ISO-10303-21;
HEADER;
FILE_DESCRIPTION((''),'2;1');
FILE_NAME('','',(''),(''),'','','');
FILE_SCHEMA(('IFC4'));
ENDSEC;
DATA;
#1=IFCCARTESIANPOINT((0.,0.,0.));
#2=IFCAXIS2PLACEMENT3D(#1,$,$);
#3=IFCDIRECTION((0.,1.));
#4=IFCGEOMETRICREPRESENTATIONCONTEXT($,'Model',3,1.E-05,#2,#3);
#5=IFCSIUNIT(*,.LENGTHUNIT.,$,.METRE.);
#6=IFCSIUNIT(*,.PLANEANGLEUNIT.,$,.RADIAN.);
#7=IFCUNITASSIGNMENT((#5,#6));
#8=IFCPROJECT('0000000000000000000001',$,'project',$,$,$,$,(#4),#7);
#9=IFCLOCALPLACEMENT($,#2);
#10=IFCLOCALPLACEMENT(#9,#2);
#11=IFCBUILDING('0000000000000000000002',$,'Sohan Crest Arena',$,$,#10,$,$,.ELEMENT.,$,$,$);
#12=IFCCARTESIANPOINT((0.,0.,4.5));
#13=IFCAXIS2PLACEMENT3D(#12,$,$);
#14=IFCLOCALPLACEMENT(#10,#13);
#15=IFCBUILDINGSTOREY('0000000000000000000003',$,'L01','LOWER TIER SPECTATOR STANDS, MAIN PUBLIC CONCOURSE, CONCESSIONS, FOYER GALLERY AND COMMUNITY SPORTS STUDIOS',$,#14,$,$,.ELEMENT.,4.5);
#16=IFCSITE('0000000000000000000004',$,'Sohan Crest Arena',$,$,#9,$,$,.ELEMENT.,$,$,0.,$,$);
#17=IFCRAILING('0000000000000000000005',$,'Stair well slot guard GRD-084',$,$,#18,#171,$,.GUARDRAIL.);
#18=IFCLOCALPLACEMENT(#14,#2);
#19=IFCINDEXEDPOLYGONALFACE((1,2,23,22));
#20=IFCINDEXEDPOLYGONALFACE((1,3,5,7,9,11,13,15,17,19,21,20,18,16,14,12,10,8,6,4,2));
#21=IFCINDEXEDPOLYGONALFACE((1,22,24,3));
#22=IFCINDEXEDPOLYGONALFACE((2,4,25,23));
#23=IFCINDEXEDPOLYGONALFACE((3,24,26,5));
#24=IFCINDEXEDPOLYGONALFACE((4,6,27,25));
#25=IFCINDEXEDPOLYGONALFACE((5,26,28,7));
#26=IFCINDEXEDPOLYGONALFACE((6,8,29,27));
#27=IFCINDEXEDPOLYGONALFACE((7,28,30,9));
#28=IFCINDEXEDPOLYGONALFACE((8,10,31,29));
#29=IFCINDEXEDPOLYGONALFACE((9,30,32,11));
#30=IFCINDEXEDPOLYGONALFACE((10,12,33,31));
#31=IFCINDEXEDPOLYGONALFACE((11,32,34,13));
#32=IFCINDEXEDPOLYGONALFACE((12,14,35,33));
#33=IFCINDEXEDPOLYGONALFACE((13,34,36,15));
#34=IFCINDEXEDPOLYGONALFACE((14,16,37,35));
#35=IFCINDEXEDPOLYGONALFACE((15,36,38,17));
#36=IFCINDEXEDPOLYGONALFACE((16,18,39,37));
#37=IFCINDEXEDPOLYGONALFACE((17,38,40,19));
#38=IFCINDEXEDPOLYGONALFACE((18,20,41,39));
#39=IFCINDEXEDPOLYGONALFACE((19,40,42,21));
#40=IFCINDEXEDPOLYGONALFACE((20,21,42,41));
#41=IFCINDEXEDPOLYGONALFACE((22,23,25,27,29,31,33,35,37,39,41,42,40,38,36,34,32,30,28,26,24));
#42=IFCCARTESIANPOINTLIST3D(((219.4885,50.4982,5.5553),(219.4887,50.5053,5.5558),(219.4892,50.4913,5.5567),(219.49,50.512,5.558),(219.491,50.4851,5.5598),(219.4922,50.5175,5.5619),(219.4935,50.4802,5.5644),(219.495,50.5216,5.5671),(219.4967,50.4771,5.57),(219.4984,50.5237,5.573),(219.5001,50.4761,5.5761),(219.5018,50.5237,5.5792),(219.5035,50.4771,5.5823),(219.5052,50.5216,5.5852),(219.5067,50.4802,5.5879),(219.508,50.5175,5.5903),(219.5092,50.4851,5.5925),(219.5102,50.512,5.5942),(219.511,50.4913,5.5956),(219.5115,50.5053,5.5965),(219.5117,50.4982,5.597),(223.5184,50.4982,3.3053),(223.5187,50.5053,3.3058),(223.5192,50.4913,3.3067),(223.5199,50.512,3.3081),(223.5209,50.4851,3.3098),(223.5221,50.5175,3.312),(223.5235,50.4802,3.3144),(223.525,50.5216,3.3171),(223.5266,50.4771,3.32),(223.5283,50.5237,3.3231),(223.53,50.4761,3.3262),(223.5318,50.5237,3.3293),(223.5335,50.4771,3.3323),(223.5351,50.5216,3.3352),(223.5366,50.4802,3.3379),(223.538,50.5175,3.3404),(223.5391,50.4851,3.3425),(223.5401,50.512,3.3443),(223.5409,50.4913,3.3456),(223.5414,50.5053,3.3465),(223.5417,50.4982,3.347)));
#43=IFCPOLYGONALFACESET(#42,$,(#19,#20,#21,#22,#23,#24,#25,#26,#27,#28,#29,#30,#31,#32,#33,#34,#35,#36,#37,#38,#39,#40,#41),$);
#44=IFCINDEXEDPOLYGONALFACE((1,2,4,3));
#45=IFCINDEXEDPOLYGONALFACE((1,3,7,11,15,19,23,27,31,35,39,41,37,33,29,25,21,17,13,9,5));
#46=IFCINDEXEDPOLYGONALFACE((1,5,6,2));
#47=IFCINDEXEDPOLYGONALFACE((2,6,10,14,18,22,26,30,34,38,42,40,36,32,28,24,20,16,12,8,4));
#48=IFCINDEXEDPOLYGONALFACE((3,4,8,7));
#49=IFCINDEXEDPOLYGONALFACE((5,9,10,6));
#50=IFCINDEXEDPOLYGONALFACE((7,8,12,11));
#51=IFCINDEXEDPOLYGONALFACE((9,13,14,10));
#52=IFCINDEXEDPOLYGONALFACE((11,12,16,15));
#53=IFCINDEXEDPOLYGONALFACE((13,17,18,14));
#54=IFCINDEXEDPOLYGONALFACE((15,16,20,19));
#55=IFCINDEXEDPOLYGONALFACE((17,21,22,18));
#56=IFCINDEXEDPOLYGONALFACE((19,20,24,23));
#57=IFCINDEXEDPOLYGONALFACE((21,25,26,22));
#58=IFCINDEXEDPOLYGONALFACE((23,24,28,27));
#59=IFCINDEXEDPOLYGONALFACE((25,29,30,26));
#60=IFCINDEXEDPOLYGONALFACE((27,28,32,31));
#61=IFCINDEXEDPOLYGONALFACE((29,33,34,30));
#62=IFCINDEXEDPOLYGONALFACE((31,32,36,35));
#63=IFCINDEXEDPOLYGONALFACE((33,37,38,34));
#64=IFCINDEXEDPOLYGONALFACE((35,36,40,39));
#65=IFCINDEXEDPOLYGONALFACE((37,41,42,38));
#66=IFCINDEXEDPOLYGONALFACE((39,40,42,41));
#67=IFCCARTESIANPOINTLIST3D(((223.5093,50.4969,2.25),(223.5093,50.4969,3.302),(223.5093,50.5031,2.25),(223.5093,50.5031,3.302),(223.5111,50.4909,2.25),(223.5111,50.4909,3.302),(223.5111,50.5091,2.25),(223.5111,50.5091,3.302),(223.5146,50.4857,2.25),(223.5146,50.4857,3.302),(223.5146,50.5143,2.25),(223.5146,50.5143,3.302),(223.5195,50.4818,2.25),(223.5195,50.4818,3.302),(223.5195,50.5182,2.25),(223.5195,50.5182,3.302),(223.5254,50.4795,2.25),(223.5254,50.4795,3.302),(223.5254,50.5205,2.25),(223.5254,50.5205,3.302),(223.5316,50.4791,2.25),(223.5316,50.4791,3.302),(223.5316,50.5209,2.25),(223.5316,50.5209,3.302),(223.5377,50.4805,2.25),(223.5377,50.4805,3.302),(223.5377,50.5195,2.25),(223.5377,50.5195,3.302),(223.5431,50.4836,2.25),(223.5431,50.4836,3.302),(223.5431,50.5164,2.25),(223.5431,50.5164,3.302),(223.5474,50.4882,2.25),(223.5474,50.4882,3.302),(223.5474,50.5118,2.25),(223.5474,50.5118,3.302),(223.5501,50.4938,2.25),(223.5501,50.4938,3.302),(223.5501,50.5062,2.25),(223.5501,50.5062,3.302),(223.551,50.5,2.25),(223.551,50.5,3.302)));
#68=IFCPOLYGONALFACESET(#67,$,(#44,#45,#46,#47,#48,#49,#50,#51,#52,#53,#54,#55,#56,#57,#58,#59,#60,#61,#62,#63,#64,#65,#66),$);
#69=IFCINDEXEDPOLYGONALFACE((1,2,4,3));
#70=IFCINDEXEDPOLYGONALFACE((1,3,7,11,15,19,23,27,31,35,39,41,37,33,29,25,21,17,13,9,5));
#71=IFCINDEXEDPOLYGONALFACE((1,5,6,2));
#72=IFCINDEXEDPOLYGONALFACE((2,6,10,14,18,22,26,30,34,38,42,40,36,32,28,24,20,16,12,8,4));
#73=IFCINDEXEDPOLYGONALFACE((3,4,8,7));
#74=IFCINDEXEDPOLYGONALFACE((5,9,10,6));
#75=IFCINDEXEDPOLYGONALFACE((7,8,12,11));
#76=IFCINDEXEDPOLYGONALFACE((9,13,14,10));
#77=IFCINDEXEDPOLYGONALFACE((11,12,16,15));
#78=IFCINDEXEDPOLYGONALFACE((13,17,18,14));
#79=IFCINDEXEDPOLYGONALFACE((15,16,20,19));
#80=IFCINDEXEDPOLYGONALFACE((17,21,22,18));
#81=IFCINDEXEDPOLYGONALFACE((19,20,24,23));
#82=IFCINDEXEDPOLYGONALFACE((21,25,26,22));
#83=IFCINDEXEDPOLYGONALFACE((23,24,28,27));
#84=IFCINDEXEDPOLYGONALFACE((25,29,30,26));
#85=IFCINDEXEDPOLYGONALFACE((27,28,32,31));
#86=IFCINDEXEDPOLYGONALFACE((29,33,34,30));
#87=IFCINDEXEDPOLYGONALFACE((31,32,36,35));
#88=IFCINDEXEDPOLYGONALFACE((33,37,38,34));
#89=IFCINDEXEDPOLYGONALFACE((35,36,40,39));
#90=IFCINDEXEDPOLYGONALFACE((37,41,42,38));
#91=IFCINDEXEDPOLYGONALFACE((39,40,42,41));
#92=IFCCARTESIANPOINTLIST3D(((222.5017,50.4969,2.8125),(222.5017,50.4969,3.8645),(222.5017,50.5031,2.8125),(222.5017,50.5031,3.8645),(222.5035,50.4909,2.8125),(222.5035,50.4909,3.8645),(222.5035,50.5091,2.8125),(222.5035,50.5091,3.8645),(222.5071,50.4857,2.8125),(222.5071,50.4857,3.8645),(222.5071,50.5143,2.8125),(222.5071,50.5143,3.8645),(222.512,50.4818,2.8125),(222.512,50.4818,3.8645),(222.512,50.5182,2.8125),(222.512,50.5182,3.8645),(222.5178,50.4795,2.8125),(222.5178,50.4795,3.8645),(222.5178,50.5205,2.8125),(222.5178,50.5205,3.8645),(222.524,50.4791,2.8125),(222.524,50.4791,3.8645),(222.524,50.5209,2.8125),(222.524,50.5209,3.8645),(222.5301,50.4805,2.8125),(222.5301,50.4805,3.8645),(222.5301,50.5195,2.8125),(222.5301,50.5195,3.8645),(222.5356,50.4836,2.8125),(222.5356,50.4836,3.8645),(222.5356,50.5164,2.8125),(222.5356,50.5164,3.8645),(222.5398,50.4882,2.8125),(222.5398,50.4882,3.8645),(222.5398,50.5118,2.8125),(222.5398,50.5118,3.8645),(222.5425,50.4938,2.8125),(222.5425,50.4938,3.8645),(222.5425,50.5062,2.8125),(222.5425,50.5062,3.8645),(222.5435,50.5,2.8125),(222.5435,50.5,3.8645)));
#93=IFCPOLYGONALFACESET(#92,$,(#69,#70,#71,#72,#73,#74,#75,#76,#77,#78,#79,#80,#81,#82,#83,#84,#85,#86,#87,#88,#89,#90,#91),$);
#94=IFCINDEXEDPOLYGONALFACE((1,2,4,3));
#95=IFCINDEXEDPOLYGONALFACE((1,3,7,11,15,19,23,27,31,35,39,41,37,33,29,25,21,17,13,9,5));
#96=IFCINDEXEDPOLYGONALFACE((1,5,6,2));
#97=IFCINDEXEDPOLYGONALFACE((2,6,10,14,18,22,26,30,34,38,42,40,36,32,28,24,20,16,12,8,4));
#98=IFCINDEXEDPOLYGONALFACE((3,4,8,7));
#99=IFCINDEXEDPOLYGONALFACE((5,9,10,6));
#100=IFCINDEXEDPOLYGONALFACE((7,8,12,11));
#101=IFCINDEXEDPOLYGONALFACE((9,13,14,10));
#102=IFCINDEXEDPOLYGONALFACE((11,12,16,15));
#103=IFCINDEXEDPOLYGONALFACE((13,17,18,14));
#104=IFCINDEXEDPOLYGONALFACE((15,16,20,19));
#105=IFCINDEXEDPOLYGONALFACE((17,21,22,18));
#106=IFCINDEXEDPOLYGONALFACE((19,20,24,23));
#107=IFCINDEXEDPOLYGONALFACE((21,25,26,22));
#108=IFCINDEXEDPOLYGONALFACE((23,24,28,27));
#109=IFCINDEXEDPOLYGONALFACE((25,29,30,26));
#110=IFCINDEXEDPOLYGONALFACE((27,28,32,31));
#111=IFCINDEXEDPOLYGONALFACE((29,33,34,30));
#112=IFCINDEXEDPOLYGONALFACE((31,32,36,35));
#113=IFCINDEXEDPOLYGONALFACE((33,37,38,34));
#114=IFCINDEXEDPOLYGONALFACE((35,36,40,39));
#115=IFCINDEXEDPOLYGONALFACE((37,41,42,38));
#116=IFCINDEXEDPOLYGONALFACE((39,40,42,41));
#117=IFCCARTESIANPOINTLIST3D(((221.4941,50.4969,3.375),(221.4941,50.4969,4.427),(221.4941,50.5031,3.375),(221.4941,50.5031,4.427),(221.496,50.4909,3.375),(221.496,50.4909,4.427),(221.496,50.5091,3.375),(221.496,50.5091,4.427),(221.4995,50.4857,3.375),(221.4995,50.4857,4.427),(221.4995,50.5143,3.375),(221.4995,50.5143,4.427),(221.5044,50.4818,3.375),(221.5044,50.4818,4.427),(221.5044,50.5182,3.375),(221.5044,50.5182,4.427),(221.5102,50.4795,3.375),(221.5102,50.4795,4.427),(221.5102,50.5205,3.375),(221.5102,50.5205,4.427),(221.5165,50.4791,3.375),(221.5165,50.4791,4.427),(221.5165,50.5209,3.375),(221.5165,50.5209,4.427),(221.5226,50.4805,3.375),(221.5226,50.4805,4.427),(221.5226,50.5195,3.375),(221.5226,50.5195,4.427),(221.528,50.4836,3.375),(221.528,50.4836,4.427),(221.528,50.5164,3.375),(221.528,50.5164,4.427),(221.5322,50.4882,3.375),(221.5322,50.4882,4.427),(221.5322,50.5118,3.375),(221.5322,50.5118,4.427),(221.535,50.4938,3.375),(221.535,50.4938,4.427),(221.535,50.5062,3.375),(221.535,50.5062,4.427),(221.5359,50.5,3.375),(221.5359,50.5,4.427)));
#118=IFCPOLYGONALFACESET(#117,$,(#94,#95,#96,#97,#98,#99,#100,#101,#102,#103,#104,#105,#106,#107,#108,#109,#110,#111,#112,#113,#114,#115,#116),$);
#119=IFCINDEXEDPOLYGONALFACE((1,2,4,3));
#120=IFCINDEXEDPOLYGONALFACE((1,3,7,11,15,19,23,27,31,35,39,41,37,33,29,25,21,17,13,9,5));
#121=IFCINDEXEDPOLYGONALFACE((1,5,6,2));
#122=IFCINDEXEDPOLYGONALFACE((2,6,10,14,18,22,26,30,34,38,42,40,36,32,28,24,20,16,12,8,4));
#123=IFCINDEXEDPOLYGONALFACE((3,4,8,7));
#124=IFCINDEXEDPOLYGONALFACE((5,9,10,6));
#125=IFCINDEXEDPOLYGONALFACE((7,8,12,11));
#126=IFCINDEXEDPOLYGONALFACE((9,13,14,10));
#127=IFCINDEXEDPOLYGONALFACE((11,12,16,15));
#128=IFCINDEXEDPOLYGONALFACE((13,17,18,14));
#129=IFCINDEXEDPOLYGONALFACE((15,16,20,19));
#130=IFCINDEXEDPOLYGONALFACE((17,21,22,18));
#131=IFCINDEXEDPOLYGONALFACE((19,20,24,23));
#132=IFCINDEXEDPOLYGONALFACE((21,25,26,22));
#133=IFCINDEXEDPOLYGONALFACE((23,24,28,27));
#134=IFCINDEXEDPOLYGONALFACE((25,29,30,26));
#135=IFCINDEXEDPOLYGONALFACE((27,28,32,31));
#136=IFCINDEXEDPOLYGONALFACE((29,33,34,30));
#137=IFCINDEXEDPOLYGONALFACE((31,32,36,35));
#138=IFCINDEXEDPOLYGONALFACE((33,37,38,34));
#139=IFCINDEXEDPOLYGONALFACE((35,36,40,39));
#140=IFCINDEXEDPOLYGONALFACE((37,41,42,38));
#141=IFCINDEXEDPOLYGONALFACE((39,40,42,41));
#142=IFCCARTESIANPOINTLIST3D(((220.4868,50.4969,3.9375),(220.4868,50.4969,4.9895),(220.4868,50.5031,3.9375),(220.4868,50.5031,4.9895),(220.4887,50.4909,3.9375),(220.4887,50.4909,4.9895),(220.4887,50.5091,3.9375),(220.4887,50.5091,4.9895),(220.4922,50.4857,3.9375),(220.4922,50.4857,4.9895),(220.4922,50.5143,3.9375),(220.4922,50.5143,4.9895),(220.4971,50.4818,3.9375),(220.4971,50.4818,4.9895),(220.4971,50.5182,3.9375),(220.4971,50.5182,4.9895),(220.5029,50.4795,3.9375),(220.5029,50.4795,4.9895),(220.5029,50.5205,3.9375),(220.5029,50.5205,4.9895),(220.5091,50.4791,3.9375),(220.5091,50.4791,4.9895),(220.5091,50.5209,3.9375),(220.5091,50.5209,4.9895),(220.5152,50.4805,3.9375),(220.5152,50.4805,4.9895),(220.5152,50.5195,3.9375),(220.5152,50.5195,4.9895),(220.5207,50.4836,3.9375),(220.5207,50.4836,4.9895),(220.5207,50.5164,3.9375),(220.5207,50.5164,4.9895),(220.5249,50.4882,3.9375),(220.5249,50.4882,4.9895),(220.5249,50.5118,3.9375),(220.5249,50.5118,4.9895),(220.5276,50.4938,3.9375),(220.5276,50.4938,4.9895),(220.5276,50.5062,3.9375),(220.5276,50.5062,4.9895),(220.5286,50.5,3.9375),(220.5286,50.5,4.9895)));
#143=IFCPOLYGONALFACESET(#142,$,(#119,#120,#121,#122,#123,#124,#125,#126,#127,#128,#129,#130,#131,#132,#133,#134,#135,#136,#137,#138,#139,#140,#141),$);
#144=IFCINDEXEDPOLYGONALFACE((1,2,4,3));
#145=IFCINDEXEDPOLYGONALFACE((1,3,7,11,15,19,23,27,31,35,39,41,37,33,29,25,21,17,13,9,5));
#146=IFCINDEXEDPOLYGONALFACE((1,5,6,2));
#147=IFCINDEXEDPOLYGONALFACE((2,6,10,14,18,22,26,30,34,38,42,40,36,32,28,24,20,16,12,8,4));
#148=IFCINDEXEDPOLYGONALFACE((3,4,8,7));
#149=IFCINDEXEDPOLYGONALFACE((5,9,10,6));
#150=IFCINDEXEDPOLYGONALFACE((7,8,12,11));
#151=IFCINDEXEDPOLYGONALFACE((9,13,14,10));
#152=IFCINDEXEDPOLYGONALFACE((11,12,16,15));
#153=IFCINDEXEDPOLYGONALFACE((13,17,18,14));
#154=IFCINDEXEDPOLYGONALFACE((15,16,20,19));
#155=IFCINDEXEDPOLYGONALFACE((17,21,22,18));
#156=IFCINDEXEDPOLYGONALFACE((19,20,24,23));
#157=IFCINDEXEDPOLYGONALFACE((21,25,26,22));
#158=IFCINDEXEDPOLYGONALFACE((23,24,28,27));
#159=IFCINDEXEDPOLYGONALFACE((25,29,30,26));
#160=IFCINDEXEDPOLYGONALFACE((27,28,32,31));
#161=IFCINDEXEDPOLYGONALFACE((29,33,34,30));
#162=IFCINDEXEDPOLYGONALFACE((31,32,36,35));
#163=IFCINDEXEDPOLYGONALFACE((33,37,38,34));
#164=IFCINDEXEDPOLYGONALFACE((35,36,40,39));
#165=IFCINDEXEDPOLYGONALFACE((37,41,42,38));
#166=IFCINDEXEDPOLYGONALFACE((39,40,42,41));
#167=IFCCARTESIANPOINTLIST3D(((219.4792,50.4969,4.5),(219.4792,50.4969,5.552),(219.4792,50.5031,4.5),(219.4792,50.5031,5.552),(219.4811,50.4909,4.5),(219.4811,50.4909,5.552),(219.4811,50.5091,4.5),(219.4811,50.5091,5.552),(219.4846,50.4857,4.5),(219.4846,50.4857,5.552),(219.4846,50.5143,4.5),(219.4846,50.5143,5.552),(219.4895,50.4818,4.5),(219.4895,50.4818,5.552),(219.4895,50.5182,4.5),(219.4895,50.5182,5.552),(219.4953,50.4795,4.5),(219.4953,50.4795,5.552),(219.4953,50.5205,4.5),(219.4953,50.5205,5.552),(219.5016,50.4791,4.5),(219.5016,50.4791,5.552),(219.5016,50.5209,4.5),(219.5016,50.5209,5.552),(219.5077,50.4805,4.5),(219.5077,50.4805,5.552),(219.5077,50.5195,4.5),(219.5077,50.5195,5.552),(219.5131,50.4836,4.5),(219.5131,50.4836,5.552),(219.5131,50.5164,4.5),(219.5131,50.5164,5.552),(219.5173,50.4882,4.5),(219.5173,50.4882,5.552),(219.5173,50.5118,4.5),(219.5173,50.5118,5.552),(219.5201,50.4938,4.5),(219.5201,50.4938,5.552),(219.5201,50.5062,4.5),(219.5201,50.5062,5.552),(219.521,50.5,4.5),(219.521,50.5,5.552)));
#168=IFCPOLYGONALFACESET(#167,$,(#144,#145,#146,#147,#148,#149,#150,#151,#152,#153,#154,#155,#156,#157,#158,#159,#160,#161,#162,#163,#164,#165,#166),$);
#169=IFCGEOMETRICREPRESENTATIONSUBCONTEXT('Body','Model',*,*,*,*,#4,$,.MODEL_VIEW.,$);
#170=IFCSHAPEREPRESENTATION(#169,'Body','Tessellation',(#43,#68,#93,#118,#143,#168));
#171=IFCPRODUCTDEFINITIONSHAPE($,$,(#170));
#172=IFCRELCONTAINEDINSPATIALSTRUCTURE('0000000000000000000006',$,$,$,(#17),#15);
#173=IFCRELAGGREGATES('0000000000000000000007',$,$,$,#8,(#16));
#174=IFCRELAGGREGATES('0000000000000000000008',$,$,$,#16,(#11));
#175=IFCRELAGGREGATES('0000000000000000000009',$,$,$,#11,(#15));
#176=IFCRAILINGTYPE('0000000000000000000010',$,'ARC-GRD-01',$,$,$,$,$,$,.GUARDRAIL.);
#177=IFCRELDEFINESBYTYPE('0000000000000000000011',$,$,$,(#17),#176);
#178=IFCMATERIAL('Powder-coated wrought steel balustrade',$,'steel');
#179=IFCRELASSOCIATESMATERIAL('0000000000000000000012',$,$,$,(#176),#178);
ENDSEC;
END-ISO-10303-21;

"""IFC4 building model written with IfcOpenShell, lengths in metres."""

from ifc_helpers import new_model, si_unit, direction, frame, origin, origin_2d, place, context, subcontext, project, spatial, circle, extrude, material, type_object, element, save


model = new_model("IFC4")

# Units and contexts
model_context = context("Model", 3, precision=1e-05, world=origin(), true_north=direction((0.0, 1.0)))
body_context = subcontext(model_context, "Body", "Model", "MODEL_VIEW")
ifc_project = project(units=[si_unit("LENGTHUNIT", "METRE"), si_unit("PLANEANGLEUNIT", "RADIAN")], contexts=[model_context])

# Site, building, storey
site_placement = place(None, origin())
site = spatial("IfcSite", under=ifc_project, at=site_placement, Name="Sohan Crest Arena", CompositionType="ELEMENT", RefElevation=0.0)
building_placement = place(site_placement, origin())
building = spatial("IfcBuilding", under=site, at=building_placement, Name="Sohan Crest Arena", CompositionType="ELEMENT")
storey_placement = place(building_placement, frame((0.0, 0.0, 4.5)))
storey = spatial("IfcBuildingStorey", under=building, at=storey_placement, Name="L01", Description="LOWER TIER SPECTATOR STANDS, MAIN PUBLIC CONCOURSE, CONCESSIONS, FOYER GALLERY AND COMMUNITY SPORTS STUDIOS", CompositionType="ELEMENT", Elevation=4.5)

# Railing
ifc_material_1 = material(Name="Powder-coated wrought steel balustrade", Category="steel")
railing_type_1 = type_object("IfcRailingType", Name="ARC-GRD-01", PredefinedType="GUARDRAIL", material=ifc_material_1)
railing_1_placement = place(storey_placement, frame((223.53, 50.5, 2.25)))
element("IfcRailing", 1, at=railing_1_placement, inside=storey, type_object=railing_type_1, Name="Stair well slot guard GRD-084", PredefinedType="GUARDRAIL", context=body_context, shape_type="SweptSolid", body=[
    extrude(circle(Radius=0.0239, at=origin_2d()), frame((0.0, 0.0, 1.0762), z_axis=(-0.873135, 0.0, 0.487479), x_axis=(0.0, -1.0, 0.0)), (0.0, 0.0, 1.0), 4.6155),
    extrude(circle(Radius=0.021, at=origin_2d()), origin(), (0.0, 0.0, 1.0), 1.052),
    extrude(circle(Radius=0.021, at=origin_2d()), frame((-1.0076, 0.0, 0.5625)), (0.0, 0.0, 1.0), 1.052),
    extrude(circle(Radius=0.021, at=origin_2d()), frame((-2.0151, 0.0, 1.125)), (0.0, 0.0, 1.0), 1.052),
    extrude(circle(Radius=0.021, at=origin_2d()), frame((-3.0225, 0.0, 1.6875)), (0.0, 0.0, 1.0), 1.052),
    extrude(circle(Radius=0.021, at=origin_2d()), frame((-4.03, 0.0, 2.25)), (0.0, 0.0, 1.0), 1.052),
])

save(model, "model.ifc")
